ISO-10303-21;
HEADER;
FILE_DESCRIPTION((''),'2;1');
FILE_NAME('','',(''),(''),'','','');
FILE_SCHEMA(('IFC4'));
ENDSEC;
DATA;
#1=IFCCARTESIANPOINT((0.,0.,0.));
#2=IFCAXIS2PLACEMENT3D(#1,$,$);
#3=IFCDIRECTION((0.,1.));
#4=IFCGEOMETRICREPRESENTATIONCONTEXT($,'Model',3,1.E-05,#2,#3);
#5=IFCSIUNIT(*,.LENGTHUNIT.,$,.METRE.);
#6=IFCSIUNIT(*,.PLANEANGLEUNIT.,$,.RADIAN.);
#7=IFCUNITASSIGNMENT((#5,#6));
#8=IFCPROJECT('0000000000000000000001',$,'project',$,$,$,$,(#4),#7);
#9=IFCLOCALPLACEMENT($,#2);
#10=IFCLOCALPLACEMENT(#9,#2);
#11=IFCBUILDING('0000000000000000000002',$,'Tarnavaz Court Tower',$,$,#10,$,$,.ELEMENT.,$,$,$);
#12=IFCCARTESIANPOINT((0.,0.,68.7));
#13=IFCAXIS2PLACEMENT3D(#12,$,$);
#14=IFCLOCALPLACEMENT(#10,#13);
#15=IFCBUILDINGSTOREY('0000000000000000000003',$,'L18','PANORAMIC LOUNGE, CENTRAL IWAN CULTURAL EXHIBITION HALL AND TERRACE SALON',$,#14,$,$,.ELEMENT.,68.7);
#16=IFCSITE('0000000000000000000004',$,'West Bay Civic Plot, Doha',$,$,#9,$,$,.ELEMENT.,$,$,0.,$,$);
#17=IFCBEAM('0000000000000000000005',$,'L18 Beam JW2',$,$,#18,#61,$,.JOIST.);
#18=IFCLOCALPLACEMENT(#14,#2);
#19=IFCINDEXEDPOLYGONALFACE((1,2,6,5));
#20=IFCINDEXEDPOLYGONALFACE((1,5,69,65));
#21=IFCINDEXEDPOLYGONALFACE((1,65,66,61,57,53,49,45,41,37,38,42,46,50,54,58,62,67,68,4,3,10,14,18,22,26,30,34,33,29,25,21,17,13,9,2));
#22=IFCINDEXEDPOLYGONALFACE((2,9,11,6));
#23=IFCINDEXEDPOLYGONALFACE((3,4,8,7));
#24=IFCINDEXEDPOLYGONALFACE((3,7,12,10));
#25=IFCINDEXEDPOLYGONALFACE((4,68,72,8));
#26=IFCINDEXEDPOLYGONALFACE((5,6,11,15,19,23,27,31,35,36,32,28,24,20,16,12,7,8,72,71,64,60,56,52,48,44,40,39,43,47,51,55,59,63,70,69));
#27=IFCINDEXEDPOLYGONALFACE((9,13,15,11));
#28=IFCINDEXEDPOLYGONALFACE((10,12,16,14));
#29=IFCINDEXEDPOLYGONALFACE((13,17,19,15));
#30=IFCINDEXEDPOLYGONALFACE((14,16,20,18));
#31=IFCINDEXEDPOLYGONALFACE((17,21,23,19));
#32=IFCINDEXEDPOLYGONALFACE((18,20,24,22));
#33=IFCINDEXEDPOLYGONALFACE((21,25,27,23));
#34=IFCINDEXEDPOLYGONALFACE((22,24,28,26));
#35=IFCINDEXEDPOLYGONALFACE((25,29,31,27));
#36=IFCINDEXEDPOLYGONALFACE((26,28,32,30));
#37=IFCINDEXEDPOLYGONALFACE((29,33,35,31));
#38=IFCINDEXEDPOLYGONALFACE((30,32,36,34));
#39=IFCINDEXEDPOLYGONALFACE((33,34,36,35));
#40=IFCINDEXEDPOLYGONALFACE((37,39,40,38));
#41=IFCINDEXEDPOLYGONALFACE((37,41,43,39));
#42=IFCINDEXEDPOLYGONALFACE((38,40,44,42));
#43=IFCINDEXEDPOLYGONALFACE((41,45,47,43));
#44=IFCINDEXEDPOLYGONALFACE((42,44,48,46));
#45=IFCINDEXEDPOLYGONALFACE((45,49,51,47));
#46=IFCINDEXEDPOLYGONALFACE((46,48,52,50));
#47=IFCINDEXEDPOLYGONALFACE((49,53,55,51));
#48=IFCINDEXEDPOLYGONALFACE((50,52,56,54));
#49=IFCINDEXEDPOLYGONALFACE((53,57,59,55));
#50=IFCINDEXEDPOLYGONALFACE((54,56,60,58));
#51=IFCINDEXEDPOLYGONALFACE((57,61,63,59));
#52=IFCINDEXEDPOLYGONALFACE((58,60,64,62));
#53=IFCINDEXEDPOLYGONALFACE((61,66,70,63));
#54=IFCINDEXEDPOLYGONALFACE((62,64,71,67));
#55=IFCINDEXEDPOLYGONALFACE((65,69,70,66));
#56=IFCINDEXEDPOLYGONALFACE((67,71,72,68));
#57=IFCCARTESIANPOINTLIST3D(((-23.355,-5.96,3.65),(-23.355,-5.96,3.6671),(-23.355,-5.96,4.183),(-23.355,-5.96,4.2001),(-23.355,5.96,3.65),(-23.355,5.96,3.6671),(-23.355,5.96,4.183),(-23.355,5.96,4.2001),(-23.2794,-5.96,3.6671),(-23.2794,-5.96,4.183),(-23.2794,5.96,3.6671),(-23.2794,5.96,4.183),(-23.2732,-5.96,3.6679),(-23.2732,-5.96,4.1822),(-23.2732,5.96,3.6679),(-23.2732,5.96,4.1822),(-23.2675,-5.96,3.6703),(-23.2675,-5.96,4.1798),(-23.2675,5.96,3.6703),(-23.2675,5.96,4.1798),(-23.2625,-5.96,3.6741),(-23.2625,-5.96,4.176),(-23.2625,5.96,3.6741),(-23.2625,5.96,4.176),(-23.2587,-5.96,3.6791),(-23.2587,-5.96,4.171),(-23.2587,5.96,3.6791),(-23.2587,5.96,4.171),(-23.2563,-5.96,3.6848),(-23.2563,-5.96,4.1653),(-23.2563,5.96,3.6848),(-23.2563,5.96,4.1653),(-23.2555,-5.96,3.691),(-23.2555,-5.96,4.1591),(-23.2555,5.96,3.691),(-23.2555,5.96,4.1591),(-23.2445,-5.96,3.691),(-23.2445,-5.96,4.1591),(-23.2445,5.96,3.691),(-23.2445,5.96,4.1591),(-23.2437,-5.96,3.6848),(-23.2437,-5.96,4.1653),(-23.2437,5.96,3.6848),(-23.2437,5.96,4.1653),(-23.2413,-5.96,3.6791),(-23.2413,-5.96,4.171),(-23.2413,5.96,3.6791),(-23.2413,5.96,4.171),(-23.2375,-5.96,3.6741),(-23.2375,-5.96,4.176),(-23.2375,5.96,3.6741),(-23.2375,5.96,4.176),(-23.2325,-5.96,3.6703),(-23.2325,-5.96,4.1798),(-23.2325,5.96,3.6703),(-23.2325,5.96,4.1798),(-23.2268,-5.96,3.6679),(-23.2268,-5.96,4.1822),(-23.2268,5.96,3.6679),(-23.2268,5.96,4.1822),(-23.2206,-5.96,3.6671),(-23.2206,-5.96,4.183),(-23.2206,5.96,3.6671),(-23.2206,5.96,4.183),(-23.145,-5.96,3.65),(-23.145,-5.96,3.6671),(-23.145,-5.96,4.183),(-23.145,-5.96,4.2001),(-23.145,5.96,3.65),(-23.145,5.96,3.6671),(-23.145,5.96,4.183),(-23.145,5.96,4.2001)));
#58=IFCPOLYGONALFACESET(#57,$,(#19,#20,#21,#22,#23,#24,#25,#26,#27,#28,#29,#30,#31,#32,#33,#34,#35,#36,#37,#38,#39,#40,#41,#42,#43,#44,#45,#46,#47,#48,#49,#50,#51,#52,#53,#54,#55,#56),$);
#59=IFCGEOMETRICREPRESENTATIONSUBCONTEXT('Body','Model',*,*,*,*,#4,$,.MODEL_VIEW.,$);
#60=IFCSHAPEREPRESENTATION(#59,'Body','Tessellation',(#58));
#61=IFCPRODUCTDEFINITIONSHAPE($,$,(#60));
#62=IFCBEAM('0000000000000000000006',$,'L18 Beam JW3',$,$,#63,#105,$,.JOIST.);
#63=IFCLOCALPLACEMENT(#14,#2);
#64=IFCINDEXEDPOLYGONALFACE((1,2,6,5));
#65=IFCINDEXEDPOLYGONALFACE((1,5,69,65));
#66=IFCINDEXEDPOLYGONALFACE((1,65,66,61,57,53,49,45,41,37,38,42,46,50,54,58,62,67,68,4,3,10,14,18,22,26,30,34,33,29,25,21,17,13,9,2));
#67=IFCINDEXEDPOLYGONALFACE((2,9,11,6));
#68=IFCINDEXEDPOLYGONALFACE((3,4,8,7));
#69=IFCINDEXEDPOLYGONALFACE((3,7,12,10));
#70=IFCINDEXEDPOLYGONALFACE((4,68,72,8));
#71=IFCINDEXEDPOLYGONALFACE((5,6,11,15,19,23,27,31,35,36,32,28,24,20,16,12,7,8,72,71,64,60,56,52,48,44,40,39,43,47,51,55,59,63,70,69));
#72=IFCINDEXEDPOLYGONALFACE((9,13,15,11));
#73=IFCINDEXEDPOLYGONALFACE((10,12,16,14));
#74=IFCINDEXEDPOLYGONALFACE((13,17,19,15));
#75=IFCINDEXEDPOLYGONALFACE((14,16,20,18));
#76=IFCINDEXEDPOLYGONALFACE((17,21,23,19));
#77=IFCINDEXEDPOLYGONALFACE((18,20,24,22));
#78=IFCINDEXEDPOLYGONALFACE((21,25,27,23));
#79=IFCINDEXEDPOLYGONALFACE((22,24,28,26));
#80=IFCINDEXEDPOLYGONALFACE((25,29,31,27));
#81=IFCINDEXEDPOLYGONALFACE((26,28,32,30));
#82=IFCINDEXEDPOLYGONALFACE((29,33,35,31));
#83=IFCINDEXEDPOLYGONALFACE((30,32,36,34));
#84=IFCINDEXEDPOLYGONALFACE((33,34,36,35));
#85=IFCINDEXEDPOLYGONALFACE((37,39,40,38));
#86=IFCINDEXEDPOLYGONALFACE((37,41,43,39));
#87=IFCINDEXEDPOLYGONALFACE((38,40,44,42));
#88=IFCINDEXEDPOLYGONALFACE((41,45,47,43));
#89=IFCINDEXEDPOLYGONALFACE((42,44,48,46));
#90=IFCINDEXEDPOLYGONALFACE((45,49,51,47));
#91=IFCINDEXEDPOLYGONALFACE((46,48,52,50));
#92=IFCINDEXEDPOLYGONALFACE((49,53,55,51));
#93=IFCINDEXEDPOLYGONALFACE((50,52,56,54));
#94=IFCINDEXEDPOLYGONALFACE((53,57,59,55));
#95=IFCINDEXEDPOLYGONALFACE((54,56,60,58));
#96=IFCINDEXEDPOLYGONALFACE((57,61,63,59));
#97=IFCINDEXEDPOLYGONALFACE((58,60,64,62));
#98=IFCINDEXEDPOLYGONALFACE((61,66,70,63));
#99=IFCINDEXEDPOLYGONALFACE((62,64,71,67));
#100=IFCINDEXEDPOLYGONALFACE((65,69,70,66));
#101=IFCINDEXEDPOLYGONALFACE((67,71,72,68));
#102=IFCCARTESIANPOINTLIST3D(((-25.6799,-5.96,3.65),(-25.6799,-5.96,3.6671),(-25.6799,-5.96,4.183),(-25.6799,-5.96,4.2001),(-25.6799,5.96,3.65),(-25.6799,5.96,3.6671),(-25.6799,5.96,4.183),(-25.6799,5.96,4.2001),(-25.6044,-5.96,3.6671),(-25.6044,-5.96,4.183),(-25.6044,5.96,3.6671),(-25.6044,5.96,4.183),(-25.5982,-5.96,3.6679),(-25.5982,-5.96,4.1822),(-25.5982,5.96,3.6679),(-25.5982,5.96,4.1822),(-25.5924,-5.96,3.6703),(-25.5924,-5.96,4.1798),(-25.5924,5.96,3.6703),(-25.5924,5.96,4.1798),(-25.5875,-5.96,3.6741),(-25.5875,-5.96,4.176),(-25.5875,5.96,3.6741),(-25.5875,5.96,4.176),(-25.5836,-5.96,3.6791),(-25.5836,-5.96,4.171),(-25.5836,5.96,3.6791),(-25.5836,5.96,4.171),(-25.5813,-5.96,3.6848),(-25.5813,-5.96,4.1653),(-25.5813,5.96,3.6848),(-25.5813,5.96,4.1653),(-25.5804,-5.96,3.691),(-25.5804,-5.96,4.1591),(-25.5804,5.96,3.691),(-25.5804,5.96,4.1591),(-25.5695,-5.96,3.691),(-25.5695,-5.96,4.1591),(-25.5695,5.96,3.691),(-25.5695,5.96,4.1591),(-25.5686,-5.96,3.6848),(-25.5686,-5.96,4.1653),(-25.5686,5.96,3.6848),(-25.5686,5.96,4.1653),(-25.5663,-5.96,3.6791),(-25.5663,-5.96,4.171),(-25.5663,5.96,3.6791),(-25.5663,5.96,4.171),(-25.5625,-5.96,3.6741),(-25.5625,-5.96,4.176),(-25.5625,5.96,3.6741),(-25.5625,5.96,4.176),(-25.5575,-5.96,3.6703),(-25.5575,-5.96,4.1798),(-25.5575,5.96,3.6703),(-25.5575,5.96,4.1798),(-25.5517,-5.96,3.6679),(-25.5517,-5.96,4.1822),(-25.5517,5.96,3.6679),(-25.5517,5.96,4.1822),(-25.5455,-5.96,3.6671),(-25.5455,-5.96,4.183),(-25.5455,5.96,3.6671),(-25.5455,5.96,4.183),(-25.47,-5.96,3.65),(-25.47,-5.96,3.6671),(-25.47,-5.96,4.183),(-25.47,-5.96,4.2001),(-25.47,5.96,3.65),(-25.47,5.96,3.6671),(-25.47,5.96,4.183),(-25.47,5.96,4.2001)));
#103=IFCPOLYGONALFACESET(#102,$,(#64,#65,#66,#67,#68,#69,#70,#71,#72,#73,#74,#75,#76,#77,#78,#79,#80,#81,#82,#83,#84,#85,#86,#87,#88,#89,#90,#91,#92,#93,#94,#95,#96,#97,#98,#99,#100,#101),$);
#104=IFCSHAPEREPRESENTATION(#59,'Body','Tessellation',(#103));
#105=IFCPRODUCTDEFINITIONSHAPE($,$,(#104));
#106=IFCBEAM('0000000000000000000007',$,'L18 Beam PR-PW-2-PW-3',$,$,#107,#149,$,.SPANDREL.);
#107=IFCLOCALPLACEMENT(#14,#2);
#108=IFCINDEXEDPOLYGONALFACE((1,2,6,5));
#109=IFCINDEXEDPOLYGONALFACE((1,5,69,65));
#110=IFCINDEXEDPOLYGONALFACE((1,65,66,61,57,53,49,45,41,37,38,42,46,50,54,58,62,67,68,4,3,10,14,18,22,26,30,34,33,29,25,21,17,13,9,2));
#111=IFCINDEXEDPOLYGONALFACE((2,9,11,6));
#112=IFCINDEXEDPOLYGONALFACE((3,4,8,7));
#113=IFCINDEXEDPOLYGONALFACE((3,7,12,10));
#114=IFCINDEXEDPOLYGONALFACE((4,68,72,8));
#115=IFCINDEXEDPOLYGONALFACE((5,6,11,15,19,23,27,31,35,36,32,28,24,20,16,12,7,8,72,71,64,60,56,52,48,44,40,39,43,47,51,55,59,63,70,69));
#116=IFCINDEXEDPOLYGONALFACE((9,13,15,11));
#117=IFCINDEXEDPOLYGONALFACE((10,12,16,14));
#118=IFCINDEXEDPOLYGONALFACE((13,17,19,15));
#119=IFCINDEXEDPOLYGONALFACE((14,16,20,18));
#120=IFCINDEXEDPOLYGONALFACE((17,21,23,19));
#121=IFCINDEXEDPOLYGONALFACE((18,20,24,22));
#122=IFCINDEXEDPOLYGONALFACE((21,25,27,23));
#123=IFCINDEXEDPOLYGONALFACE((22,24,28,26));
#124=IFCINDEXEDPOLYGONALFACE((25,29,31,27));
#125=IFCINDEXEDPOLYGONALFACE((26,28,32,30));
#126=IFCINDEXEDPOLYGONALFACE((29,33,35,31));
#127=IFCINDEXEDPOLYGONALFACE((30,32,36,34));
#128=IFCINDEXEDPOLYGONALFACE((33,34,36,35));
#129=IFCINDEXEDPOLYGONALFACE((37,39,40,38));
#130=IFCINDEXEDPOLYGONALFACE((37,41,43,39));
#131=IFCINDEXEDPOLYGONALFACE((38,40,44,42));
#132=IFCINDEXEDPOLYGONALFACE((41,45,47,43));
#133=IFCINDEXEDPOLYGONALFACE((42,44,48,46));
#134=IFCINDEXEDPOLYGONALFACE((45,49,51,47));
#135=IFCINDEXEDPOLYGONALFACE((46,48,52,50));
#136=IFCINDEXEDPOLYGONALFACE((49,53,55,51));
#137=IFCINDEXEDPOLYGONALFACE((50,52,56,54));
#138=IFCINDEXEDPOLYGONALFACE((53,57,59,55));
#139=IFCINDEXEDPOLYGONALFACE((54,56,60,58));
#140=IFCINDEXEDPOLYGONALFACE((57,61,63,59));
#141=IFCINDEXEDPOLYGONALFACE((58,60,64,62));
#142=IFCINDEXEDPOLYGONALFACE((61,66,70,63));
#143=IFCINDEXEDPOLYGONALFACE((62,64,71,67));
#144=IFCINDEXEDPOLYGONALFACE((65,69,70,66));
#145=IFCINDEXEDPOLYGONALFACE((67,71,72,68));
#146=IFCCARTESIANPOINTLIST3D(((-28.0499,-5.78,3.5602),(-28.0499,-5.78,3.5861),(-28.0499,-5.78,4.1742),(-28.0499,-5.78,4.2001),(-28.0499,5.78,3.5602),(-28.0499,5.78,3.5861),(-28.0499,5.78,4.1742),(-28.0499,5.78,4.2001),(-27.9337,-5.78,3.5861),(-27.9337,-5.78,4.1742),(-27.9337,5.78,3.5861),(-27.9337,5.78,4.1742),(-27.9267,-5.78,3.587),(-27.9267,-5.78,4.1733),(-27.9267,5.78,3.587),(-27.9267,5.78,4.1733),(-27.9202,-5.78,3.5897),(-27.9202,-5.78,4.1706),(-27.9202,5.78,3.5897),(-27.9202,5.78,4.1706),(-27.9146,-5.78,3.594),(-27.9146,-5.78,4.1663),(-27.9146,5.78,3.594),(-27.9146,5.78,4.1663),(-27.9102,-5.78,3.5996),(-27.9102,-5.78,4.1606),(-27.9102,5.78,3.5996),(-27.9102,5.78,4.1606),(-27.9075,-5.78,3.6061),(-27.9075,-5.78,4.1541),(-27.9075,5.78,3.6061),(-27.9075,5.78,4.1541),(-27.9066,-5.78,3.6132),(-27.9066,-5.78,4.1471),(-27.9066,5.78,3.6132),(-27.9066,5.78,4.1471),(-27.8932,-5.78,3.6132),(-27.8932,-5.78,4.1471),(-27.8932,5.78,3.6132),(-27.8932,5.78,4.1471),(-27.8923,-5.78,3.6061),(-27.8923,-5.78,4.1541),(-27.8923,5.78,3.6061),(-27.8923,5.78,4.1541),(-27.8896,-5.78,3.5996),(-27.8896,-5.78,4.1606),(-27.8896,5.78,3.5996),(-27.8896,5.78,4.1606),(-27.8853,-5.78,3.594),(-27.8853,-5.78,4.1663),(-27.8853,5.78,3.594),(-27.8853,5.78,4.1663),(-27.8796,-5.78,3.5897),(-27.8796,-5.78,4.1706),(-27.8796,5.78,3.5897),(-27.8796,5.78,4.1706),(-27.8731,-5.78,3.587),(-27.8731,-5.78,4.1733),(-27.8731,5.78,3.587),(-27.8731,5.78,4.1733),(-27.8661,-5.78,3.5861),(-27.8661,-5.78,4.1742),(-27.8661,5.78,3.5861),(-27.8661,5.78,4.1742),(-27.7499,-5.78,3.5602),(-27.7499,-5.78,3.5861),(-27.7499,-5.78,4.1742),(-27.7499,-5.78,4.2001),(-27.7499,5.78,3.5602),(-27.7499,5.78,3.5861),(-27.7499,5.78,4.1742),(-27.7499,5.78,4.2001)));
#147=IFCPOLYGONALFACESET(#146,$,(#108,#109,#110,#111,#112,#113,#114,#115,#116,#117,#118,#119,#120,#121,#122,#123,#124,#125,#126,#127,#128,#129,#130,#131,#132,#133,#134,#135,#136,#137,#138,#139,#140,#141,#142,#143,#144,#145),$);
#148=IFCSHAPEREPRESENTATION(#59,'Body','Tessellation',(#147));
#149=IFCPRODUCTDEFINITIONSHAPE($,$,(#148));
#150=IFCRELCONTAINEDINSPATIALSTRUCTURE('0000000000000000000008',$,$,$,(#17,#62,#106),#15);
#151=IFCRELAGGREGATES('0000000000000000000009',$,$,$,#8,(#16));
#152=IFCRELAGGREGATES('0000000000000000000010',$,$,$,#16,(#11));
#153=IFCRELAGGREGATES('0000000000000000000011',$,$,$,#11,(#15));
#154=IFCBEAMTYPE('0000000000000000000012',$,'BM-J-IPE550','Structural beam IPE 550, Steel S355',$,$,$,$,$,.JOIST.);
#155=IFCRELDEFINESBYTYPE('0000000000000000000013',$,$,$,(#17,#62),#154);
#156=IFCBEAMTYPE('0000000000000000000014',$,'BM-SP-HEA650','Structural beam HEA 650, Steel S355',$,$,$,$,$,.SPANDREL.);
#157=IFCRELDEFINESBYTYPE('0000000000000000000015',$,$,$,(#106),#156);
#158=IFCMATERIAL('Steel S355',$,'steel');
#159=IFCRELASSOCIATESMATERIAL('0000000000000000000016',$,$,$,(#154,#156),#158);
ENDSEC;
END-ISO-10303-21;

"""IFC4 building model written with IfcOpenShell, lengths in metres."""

from ifc_helpers import new_model, si_unit, direction, frame, origin, origin_2d, place, context, subcontext, project, spatial, i_section, extrude, material, material_profile, profile_set, type_object, element, save


model = new_model("IFC4")

# Units and contexts
model_context = context("Model", 3, precision=1e-05, world=origin(), true_north=direction((0.0, 1.0)))
body_context = subcontext(model_context, "Body", "Model", "MODEL_VIEW")
ifc_project = project(units=[si_unit("LENGTHUNIT", "METRE"), si_unit("PLANEANGLEUNIT", "RADIAN")], contexts=[model_context])

# Site, building, storey
site_placement = place(None, origin())
site = spatial("IfcSite", under=ifc_project, at=site_placement, Name="West Bay Civic Plot, Doha", CompositionType="ELEMENT", RefElevation=0.0)
building_placement = place(site_placement, origin())
building = spatial("IfcBuilding", under=site, at=building_placement, Name="Tarnavaz Court Tower", CompositionType="ELEMENT")
storey_placement = place(building_placement, frame((0.0, 0.0, 68.7)))
storey = spatial("IfcBuildingStorey", under=building, at=storey_placement, Name="L18", Description="PANORAMIC LOUNGE, CENTRAL IWAN CULTURAL EXHIBITION HALL AND TERRACE SALON", CompositionType="ELEMENT", Elevation=68.7)

# Beams
ifc_material_1 = material(Name="Steel S355", Category="steel")
ifc_material_profile_1 = material_profile(ifc_material_1, i_section(OverallWidth=0.21, OverallDepth=0.55, WebThickness=0.011, FlangeThickness=0.0171, FilletRadius=0.0239, at=origin_2d()), Name="IPE 550")
ifc_profile_set_1 = profile_set([ifc_material_profile_1], Name="Steel S355")
beam_type_1 = type_object("IfcBeamType", Name="BM-J-IPE550", Description="Structural beam IPE 550, Steel S355", PredefinedType="JOIST", material=ifc_profile_set_1)
for number, where, z_axis, x_axis, name in (
    (1, (-23.25, -5.96, 3.925), (0.0, 1.0, 0.0), (-1.0, 0.0, 0.0), "L18 Beam JW2"),
    (2, (-25.575, -5.96, 3.925), (0.0, 1.0, 0.0), (-1.0, 0.0, 0.0), "L18 Beam JW3"),
):
    element("IfcBeam", number, at=place(storey_placement, frame(where, z_axis=z_axis, x_axis=x_axis)), inside=storey, type_object=beam_type_1, Name=name, PredefinedType="JOIST", context=body_context, shape_type="SweptSolid", body=[
        extrude(i_section(OverallWidth=0.21, OverallDepth=0.55, WebThickness=0.011, FlangeThickness=0.0171, FilletRadius=0.0239, at=origin_2d()), origin(), (0.0, 0.0, 1.0), 11.9199),
    ])
ifc_material_profile_2 = material_profile(ifc_material_1, i_section(OverallWidth=0.3, OverallDepth=0.6399, WebThickness=0.0134, FlangeThickness=0.0259, FilletRadius=0.0271, at=origin_2d()), Name="HEA 650")
ifc_profile_set_2 = profile_set([ifc_material_profile_2], Name="Steel S355")
beam_type_2 = type_object("IfcBeamType", Name="BM-SP-HEA650", Description="Structural beam HEA 650, Steel S355", PredefinedType="SPANDREL", material=ifc_profile_set_2)
beam_1_placement = place(storey_placement, frame((-27.8999, -5.78, 3.8801), z_axis=(0.0, 1.0, 0.0), x_axis=(-1.0, 0.0, 0.0)))
element("IfcBeam", 3, at=beam_1_placement, inside=storey, type_object=beam_type_2, Name="L18 Beam PR-PW-2-PW-3", PredefinedType="SPANDREL", context=body_context, shape_type="SweptSolid", body=[
    extrude(i_section(OverallWidth=0.3, OverallDepth=0.6399, WebThickness=0.0134, FlangeThickness=0.0259, FilletRadius=0.0271, at=origin_2d()), origin(), (0.0, 0.0, 1.0), 11.5601),
])

save(model, "model.ifc")
